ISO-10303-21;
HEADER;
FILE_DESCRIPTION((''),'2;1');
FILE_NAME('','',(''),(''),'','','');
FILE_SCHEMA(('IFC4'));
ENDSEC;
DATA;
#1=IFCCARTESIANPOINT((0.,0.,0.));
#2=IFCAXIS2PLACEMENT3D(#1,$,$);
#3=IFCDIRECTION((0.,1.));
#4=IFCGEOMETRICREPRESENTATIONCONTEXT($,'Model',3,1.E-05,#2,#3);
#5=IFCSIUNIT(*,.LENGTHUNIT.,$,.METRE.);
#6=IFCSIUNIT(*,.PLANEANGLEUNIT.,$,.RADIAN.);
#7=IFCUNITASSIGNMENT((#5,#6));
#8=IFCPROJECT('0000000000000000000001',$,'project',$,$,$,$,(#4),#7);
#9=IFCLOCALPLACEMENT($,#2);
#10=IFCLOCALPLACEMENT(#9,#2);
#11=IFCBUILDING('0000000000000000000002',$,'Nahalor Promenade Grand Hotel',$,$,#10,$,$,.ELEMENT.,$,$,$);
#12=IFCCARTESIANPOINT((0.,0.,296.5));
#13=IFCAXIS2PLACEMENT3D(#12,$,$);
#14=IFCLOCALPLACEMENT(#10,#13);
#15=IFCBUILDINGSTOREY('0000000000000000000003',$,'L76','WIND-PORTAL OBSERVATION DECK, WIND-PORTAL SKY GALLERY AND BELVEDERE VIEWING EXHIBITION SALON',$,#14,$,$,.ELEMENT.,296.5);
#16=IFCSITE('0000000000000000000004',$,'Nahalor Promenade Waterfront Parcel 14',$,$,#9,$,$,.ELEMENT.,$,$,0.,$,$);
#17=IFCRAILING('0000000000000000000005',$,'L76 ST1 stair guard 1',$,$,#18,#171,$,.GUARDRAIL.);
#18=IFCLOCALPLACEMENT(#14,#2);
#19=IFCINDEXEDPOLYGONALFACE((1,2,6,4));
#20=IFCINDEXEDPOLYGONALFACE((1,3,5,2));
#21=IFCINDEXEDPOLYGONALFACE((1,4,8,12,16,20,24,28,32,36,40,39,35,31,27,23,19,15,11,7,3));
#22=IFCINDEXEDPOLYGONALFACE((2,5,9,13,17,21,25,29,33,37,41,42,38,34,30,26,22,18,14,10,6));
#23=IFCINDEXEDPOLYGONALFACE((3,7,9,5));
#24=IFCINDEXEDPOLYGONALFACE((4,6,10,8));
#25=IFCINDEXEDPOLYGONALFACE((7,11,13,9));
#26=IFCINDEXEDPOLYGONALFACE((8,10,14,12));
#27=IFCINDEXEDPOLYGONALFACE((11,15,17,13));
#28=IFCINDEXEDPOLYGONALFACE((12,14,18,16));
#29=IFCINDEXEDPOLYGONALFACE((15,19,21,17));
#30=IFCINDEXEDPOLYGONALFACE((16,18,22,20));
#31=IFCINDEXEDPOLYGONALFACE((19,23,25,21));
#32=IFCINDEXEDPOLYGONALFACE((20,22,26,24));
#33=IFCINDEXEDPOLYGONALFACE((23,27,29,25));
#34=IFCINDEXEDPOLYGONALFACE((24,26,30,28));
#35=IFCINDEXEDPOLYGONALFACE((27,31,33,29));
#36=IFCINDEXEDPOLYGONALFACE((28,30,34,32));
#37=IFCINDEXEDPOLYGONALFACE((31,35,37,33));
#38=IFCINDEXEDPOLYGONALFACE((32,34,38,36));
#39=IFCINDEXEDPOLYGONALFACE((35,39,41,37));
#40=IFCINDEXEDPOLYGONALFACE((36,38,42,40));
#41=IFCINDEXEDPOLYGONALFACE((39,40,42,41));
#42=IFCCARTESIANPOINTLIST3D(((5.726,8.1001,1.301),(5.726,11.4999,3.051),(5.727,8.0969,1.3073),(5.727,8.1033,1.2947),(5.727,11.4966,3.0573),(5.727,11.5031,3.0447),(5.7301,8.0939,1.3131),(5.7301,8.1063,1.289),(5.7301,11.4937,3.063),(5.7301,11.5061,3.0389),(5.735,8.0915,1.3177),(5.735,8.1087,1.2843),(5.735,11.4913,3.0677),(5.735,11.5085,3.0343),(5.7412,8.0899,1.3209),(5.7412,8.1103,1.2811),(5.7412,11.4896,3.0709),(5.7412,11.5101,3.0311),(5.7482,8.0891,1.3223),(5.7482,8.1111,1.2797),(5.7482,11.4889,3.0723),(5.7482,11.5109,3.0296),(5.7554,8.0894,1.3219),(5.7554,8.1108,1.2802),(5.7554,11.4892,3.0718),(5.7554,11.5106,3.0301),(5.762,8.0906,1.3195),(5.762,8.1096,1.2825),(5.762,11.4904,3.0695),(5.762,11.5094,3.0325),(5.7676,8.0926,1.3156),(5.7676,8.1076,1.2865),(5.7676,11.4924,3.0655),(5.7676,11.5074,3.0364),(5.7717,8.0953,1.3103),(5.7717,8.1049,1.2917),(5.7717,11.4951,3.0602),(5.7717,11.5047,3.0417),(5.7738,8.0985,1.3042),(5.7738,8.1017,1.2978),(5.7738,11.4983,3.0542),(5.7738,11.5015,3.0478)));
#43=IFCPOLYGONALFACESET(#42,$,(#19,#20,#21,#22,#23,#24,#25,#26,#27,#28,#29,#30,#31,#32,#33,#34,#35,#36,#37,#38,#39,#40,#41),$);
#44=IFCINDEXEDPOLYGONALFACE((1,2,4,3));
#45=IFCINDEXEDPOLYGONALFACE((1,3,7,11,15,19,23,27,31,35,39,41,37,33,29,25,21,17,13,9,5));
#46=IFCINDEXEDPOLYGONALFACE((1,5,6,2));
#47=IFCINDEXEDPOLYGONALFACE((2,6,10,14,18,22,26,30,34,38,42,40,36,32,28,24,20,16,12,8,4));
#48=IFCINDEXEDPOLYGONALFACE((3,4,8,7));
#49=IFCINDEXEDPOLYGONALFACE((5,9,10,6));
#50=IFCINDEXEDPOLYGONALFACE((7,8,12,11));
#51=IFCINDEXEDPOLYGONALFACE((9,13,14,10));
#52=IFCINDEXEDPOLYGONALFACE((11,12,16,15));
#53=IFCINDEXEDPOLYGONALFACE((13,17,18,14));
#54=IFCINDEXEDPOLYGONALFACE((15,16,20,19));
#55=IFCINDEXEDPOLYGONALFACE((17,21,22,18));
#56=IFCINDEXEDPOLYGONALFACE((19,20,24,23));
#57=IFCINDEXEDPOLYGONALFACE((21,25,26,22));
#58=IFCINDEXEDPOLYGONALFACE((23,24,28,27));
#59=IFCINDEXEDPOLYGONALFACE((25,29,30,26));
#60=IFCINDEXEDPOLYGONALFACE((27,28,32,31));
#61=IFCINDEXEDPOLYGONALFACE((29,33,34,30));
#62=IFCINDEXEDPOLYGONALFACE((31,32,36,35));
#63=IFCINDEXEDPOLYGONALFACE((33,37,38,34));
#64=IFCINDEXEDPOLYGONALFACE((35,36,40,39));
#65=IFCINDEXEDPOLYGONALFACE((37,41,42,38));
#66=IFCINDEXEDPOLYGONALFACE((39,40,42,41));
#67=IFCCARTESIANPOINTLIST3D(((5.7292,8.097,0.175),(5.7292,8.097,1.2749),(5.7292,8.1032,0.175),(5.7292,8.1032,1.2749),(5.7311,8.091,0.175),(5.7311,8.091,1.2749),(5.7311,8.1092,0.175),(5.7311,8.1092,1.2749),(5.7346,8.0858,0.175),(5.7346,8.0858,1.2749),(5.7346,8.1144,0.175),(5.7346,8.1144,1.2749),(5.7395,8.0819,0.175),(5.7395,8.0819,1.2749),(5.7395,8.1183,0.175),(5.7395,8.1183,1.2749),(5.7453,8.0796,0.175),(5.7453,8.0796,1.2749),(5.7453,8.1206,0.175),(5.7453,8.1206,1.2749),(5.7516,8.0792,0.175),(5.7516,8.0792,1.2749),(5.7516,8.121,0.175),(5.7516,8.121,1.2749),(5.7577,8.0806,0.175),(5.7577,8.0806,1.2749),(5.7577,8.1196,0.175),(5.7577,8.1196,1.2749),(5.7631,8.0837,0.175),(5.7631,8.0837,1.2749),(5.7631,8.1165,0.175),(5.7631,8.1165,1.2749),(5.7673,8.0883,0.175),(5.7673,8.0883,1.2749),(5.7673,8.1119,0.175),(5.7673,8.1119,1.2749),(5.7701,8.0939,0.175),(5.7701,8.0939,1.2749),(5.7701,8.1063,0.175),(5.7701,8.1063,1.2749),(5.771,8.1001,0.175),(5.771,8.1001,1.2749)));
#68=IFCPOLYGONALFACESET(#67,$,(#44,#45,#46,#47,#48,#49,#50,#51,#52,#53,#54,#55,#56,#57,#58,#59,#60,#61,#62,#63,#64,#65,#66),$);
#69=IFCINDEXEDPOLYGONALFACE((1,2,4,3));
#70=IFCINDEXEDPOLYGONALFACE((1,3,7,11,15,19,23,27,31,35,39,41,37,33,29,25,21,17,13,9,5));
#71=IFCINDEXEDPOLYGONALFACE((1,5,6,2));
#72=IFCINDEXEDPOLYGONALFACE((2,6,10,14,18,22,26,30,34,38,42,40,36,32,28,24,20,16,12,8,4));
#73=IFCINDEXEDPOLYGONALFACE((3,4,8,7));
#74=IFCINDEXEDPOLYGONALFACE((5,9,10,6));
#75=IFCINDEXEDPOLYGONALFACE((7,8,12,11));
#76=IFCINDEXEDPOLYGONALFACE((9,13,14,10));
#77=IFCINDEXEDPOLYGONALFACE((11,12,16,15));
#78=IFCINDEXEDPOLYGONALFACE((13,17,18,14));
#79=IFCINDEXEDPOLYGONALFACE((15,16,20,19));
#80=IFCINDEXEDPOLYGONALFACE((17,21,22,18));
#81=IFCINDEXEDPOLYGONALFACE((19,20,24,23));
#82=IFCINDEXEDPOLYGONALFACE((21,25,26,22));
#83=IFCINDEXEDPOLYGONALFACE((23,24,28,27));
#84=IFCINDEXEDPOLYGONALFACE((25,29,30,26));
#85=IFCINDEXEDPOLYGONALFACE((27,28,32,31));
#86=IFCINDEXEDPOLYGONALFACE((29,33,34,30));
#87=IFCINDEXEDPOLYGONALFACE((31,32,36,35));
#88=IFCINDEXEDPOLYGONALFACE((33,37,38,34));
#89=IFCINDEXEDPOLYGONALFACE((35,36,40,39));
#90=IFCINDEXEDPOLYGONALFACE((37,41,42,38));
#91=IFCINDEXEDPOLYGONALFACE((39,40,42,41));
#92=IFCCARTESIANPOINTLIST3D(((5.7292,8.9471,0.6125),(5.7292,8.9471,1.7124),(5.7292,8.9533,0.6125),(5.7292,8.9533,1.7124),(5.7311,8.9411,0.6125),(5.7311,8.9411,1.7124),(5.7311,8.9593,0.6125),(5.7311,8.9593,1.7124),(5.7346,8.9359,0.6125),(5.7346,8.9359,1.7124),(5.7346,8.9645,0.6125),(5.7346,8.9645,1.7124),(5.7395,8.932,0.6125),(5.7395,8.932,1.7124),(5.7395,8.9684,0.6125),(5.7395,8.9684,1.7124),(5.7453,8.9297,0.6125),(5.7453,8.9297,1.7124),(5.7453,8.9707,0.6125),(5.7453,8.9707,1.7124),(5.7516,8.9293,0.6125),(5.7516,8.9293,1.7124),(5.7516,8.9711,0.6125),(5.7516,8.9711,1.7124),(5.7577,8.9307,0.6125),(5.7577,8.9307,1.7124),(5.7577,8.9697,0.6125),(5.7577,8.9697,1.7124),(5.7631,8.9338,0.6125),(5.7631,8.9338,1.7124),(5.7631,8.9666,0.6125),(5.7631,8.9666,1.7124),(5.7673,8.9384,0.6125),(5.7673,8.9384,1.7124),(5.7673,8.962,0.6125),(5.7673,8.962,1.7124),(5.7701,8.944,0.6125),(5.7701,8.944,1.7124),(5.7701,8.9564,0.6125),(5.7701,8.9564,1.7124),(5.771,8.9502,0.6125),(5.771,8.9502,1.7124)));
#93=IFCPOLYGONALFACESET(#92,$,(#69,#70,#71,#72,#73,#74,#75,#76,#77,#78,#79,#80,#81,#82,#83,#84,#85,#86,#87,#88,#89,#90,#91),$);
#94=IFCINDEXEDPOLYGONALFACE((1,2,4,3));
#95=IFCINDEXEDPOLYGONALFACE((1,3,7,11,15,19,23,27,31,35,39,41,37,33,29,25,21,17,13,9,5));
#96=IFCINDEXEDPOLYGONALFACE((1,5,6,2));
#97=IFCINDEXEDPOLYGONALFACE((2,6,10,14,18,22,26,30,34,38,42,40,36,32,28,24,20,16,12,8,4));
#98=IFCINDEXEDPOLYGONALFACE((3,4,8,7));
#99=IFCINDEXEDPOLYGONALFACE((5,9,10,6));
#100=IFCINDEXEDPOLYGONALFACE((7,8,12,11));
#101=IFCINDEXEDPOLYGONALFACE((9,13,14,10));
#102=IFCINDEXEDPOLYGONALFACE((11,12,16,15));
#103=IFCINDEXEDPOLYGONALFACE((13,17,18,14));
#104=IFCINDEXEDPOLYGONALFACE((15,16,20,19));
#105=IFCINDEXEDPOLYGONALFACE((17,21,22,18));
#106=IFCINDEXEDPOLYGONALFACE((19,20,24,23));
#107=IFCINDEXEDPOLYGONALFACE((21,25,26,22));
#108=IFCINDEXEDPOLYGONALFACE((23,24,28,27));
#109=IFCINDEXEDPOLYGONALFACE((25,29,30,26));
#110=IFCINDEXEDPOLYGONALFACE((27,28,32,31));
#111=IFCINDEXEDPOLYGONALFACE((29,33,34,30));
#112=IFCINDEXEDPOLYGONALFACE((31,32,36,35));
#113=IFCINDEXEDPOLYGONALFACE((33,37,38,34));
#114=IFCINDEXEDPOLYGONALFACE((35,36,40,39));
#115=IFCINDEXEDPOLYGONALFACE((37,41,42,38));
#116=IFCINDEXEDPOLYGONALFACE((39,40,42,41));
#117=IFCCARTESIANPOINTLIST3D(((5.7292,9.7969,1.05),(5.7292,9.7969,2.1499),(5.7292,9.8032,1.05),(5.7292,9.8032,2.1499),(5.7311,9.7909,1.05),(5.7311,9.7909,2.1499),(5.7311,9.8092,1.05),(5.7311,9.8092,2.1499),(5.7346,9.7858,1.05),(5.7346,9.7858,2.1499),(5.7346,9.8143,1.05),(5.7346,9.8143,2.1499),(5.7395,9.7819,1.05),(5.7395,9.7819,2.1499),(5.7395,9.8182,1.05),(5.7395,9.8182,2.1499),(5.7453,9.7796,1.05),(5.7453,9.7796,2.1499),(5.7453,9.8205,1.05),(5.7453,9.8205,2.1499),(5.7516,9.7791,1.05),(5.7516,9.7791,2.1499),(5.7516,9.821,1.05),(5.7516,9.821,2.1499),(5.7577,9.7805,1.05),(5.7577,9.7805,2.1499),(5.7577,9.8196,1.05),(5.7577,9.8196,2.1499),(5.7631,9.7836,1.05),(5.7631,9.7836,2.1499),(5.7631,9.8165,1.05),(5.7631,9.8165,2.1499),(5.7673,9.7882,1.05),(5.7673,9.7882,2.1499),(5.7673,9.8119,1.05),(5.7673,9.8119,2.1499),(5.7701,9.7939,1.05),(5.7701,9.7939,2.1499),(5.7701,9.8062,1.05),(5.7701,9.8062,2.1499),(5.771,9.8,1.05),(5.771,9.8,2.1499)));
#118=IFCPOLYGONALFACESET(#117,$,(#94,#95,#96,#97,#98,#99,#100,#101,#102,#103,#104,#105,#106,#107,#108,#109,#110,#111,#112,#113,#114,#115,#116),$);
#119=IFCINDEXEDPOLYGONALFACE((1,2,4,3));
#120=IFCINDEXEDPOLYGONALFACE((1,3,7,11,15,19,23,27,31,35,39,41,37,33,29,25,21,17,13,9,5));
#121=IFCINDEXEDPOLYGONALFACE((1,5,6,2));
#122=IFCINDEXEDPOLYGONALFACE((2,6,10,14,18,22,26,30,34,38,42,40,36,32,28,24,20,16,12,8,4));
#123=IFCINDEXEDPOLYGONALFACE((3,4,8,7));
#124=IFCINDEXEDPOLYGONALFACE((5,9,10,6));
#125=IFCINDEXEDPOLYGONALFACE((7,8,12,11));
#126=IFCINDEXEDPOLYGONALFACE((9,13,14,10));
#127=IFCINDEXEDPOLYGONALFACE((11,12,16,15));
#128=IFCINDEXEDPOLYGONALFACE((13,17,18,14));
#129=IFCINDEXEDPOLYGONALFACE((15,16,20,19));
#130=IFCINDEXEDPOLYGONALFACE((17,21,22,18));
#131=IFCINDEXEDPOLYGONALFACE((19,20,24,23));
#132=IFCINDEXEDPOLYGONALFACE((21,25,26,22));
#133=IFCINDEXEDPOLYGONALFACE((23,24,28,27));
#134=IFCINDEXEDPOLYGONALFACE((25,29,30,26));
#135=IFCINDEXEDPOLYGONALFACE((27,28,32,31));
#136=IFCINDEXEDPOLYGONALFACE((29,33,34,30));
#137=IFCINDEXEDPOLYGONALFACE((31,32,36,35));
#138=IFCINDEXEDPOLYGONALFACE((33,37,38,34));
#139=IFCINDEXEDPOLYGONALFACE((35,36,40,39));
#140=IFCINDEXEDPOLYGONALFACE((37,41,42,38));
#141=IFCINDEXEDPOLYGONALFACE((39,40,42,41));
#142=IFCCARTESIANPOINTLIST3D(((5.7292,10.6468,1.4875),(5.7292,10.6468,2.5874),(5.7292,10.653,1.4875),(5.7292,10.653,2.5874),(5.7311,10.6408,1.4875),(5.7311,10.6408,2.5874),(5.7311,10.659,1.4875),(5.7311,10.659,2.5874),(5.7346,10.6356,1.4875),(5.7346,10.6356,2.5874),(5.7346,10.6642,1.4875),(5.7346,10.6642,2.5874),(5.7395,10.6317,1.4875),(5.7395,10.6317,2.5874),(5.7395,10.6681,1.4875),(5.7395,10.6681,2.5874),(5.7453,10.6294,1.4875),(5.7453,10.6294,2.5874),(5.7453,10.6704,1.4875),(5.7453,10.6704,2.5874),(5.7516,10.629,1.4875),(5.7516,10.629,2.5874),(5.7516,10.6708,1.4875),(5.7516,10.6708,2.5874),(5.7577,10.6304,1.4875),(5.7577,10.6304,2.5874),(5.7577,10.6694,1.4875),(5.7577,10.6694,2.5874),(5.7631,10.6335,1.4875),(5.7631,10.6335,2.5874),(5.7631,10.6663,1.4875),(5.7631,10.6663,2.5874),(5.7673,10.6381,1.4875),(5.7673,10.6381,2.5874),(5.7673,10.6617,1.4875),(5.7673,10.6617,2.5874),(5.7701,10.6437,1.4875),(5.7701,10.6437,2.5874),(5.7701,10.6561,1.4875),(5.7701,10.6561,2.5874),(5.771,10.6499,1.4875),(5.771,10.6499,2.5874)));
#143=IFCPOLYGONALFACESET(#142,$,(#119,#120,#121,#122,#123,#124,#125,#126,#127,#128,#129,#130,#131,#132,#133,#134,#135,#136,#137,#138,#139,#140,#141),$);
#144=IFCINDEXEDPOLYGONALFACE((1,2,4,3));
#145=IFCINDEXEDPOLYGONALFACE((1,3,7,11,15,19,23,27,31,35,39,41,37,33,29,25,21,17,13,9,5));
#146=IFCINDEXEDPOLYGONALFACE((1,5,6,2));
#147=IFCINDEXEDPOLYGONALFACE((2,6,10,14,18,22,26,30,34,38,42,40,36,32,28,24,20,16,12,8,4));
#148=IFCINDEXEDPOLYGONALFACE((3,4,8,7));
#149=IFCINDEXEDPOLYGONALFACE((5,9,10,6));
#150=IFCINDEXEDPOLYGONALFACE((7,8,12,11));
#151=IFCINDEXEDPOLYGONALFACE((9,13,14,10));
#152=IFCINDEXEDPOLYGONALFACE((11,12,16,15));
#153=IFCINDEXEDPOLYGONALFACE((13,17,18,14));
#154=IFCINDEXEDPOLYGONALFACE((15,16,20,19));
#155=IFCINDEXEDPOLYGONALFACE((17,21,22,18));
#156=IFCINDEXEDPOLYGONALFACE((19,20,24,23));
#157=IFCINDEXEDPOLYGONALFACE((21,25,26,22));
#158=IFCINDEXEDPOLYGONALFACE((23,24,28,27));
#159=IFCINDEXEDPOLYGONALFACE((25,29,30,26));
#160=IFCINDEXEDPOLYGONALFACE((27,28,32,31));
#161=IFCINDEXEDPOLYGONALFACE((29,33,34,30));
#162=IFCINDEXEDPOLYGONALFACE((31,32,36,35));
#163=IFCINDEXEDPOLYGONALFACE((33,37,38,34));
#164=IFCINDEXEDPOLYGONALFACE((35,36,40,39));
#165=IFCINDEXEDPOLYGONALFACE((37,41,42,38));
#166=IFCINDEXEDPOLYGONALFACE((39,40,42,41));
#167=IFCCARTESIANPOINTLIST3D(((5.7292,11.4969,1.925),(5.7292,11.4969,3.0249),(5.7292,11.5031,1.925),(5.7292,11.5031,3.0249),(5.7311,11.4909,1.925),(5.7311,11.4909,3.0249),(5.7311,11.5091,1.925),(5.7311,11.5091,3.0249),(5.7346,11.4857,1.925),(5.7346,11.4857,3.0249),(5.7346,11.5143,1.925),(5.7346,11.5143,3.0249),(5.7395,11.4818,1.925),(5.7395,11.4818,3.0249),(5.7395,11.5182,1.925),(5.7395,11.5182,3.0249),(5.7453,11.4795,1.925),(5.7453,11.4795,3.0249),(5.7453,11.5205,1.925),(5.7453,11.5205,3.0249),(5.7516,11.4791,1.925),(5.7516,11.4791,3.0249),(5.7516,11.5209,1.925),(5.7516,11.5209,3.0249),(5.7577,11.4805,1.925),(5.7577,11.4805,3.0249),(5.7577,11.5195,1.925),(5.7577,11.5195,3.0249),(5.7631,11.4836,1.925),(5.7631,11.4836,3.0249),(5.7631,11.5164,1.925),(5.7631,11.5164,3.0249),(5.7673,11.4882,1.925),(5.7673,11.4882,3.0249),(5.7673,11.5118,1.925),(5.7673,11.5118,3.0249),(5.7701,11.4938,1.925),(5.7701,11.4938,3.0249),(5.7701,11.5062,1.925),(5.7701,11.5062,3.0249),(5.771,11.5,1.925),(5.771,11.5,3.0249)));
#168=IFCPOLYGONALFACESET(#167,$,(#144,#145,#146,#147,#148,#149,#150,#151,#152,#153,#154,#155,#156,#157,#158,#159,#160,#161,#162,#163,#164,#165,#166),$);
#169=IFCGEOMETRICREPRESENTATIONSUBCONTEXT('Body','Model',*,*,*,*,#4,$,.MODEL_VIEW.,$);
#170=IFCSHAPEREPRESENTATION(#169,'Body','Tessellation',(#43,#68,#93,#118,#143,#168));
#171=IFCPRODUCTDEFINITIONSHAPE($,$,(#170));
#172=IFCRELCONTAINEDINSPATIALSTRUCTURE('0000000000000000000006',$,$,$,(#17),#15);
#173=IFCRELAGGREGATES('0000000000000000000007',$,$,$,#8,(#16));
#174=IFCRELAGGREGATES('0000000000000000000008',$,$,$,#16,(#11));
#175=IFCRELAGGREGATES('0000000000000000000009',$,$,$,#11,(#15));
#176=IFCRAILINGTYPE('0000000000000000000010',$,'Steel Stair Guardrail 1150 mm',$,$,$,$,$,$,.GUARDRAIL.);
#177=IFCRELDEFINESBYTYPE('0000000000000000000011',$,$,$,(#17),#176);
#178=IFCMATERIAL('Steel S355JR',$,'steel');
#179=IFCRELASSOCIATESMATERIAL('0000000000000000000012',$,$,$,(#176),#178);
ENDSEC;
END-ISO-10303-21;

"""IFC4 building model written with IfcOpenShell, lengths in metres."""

from ifc_helpers import new_model, si_unit, direction, frame, origin, origin_2d, place, context, subcontext, project, spatial, circle, extrude, material, type_object, element, save


model = new_model("IFC4")

# Units and contexts
model_context = context("Model", 3, precision=1e-05, world=origin(), true_north=direction((0.0, 1.0)))
body_context = subcontext(model_context, "Body", "Model", "MODEL_VIEW")
ifc_project = project(units=[si_unit("LENGTHUNIT", "METRE"), si_unit("PLANEANGLEUNIT", "RADIAN")], contexts=[model_context])

# Site, building, storey
site_placement = place(None, origin())
site = spatial("IfcSite", under=ifc_project, at=site_placement, Name="Nahalor Promenade Waterfront Parcel 14", CompositionType="ELEMENT", RefElevation=0.0)
building_placement = place(site_placement, origin())
building = spatial("IfcBuilding", under=site, at=building_placement, Name="Nahalor Promenade Grand Hotel", CompositionType="ELEMENT")
storey_placement = place(building_placement, frame((0.0, 0.0, 296.5)))
storey = spatial("IfcBuildingStorey", under=building, at=storey_placement, Name="L76", Description="WIND-PORTAL OBSERVATION DECK, WIND-PORTAL SKY GALLERY AND BELVEDERE VIEWING EXHIBITION SALON", CompositionType="ELEMENT", Elevation=296.5)

# Shared definitions
ifc_material_1 = material(Name="Steel S355JR", Category="steel")

# Railing
railing_type_1 = type_object("IfcRailingType", Name="Steel Stair Guardrail 1150 mm", PredefinedType="GUARDRAIL", material=ifc_material_1)
railing_1_placement = place(storey_placement, frame((5.75, 8.1001, 0.175)))
element("IfcRailing", 1, at=railing_1_placement, inside=storey, type_object=railing_type_1, Name="L76 ST1 stair guard 1", PredefinedType="GUARDRAIL", context=body_context, shape_type="SweptSolid", body=[
    extrude(circle(Radius=0.024, at=origin_2d()), frame((0.0, 0.0, 1.126), z_axis=(0.0, 0.88913, 0.457654), x_axis=(-1.0, 0.0, 0.0)), (0.0, 0.0, 1.0), 3.8237),
    extrude(circle(Radius=0.021, at=origin_2d()), origin(), (0.0, 0.0, 1.0), 1.0999),
    extrude(circle(Radius=0.021, at=origin_2d()), frame((0.0, 0.8501, 0.4375)), (0.0, 0.0, 1.0), 1.0999),
    extrude(circle(Radius=0.021, at=origin_2d()), frame((0.0, 1.7, 0.875)), (0.0, 0.0, 1.0), 1.0999),
    extrude(circle(Radius=0.021, at=origin_2d()), frame((0.0, 2.5498, 1.3125)), (0.0, 0.0, 1.0), 1.0999),
    extrude(circle(Radius=0.021, at=origin_2d()), frame((0.0, 3.3999, 1.75)), (0.0, 0.0, 1.0), 1.0999),
])

save(model, "model.ifc")
